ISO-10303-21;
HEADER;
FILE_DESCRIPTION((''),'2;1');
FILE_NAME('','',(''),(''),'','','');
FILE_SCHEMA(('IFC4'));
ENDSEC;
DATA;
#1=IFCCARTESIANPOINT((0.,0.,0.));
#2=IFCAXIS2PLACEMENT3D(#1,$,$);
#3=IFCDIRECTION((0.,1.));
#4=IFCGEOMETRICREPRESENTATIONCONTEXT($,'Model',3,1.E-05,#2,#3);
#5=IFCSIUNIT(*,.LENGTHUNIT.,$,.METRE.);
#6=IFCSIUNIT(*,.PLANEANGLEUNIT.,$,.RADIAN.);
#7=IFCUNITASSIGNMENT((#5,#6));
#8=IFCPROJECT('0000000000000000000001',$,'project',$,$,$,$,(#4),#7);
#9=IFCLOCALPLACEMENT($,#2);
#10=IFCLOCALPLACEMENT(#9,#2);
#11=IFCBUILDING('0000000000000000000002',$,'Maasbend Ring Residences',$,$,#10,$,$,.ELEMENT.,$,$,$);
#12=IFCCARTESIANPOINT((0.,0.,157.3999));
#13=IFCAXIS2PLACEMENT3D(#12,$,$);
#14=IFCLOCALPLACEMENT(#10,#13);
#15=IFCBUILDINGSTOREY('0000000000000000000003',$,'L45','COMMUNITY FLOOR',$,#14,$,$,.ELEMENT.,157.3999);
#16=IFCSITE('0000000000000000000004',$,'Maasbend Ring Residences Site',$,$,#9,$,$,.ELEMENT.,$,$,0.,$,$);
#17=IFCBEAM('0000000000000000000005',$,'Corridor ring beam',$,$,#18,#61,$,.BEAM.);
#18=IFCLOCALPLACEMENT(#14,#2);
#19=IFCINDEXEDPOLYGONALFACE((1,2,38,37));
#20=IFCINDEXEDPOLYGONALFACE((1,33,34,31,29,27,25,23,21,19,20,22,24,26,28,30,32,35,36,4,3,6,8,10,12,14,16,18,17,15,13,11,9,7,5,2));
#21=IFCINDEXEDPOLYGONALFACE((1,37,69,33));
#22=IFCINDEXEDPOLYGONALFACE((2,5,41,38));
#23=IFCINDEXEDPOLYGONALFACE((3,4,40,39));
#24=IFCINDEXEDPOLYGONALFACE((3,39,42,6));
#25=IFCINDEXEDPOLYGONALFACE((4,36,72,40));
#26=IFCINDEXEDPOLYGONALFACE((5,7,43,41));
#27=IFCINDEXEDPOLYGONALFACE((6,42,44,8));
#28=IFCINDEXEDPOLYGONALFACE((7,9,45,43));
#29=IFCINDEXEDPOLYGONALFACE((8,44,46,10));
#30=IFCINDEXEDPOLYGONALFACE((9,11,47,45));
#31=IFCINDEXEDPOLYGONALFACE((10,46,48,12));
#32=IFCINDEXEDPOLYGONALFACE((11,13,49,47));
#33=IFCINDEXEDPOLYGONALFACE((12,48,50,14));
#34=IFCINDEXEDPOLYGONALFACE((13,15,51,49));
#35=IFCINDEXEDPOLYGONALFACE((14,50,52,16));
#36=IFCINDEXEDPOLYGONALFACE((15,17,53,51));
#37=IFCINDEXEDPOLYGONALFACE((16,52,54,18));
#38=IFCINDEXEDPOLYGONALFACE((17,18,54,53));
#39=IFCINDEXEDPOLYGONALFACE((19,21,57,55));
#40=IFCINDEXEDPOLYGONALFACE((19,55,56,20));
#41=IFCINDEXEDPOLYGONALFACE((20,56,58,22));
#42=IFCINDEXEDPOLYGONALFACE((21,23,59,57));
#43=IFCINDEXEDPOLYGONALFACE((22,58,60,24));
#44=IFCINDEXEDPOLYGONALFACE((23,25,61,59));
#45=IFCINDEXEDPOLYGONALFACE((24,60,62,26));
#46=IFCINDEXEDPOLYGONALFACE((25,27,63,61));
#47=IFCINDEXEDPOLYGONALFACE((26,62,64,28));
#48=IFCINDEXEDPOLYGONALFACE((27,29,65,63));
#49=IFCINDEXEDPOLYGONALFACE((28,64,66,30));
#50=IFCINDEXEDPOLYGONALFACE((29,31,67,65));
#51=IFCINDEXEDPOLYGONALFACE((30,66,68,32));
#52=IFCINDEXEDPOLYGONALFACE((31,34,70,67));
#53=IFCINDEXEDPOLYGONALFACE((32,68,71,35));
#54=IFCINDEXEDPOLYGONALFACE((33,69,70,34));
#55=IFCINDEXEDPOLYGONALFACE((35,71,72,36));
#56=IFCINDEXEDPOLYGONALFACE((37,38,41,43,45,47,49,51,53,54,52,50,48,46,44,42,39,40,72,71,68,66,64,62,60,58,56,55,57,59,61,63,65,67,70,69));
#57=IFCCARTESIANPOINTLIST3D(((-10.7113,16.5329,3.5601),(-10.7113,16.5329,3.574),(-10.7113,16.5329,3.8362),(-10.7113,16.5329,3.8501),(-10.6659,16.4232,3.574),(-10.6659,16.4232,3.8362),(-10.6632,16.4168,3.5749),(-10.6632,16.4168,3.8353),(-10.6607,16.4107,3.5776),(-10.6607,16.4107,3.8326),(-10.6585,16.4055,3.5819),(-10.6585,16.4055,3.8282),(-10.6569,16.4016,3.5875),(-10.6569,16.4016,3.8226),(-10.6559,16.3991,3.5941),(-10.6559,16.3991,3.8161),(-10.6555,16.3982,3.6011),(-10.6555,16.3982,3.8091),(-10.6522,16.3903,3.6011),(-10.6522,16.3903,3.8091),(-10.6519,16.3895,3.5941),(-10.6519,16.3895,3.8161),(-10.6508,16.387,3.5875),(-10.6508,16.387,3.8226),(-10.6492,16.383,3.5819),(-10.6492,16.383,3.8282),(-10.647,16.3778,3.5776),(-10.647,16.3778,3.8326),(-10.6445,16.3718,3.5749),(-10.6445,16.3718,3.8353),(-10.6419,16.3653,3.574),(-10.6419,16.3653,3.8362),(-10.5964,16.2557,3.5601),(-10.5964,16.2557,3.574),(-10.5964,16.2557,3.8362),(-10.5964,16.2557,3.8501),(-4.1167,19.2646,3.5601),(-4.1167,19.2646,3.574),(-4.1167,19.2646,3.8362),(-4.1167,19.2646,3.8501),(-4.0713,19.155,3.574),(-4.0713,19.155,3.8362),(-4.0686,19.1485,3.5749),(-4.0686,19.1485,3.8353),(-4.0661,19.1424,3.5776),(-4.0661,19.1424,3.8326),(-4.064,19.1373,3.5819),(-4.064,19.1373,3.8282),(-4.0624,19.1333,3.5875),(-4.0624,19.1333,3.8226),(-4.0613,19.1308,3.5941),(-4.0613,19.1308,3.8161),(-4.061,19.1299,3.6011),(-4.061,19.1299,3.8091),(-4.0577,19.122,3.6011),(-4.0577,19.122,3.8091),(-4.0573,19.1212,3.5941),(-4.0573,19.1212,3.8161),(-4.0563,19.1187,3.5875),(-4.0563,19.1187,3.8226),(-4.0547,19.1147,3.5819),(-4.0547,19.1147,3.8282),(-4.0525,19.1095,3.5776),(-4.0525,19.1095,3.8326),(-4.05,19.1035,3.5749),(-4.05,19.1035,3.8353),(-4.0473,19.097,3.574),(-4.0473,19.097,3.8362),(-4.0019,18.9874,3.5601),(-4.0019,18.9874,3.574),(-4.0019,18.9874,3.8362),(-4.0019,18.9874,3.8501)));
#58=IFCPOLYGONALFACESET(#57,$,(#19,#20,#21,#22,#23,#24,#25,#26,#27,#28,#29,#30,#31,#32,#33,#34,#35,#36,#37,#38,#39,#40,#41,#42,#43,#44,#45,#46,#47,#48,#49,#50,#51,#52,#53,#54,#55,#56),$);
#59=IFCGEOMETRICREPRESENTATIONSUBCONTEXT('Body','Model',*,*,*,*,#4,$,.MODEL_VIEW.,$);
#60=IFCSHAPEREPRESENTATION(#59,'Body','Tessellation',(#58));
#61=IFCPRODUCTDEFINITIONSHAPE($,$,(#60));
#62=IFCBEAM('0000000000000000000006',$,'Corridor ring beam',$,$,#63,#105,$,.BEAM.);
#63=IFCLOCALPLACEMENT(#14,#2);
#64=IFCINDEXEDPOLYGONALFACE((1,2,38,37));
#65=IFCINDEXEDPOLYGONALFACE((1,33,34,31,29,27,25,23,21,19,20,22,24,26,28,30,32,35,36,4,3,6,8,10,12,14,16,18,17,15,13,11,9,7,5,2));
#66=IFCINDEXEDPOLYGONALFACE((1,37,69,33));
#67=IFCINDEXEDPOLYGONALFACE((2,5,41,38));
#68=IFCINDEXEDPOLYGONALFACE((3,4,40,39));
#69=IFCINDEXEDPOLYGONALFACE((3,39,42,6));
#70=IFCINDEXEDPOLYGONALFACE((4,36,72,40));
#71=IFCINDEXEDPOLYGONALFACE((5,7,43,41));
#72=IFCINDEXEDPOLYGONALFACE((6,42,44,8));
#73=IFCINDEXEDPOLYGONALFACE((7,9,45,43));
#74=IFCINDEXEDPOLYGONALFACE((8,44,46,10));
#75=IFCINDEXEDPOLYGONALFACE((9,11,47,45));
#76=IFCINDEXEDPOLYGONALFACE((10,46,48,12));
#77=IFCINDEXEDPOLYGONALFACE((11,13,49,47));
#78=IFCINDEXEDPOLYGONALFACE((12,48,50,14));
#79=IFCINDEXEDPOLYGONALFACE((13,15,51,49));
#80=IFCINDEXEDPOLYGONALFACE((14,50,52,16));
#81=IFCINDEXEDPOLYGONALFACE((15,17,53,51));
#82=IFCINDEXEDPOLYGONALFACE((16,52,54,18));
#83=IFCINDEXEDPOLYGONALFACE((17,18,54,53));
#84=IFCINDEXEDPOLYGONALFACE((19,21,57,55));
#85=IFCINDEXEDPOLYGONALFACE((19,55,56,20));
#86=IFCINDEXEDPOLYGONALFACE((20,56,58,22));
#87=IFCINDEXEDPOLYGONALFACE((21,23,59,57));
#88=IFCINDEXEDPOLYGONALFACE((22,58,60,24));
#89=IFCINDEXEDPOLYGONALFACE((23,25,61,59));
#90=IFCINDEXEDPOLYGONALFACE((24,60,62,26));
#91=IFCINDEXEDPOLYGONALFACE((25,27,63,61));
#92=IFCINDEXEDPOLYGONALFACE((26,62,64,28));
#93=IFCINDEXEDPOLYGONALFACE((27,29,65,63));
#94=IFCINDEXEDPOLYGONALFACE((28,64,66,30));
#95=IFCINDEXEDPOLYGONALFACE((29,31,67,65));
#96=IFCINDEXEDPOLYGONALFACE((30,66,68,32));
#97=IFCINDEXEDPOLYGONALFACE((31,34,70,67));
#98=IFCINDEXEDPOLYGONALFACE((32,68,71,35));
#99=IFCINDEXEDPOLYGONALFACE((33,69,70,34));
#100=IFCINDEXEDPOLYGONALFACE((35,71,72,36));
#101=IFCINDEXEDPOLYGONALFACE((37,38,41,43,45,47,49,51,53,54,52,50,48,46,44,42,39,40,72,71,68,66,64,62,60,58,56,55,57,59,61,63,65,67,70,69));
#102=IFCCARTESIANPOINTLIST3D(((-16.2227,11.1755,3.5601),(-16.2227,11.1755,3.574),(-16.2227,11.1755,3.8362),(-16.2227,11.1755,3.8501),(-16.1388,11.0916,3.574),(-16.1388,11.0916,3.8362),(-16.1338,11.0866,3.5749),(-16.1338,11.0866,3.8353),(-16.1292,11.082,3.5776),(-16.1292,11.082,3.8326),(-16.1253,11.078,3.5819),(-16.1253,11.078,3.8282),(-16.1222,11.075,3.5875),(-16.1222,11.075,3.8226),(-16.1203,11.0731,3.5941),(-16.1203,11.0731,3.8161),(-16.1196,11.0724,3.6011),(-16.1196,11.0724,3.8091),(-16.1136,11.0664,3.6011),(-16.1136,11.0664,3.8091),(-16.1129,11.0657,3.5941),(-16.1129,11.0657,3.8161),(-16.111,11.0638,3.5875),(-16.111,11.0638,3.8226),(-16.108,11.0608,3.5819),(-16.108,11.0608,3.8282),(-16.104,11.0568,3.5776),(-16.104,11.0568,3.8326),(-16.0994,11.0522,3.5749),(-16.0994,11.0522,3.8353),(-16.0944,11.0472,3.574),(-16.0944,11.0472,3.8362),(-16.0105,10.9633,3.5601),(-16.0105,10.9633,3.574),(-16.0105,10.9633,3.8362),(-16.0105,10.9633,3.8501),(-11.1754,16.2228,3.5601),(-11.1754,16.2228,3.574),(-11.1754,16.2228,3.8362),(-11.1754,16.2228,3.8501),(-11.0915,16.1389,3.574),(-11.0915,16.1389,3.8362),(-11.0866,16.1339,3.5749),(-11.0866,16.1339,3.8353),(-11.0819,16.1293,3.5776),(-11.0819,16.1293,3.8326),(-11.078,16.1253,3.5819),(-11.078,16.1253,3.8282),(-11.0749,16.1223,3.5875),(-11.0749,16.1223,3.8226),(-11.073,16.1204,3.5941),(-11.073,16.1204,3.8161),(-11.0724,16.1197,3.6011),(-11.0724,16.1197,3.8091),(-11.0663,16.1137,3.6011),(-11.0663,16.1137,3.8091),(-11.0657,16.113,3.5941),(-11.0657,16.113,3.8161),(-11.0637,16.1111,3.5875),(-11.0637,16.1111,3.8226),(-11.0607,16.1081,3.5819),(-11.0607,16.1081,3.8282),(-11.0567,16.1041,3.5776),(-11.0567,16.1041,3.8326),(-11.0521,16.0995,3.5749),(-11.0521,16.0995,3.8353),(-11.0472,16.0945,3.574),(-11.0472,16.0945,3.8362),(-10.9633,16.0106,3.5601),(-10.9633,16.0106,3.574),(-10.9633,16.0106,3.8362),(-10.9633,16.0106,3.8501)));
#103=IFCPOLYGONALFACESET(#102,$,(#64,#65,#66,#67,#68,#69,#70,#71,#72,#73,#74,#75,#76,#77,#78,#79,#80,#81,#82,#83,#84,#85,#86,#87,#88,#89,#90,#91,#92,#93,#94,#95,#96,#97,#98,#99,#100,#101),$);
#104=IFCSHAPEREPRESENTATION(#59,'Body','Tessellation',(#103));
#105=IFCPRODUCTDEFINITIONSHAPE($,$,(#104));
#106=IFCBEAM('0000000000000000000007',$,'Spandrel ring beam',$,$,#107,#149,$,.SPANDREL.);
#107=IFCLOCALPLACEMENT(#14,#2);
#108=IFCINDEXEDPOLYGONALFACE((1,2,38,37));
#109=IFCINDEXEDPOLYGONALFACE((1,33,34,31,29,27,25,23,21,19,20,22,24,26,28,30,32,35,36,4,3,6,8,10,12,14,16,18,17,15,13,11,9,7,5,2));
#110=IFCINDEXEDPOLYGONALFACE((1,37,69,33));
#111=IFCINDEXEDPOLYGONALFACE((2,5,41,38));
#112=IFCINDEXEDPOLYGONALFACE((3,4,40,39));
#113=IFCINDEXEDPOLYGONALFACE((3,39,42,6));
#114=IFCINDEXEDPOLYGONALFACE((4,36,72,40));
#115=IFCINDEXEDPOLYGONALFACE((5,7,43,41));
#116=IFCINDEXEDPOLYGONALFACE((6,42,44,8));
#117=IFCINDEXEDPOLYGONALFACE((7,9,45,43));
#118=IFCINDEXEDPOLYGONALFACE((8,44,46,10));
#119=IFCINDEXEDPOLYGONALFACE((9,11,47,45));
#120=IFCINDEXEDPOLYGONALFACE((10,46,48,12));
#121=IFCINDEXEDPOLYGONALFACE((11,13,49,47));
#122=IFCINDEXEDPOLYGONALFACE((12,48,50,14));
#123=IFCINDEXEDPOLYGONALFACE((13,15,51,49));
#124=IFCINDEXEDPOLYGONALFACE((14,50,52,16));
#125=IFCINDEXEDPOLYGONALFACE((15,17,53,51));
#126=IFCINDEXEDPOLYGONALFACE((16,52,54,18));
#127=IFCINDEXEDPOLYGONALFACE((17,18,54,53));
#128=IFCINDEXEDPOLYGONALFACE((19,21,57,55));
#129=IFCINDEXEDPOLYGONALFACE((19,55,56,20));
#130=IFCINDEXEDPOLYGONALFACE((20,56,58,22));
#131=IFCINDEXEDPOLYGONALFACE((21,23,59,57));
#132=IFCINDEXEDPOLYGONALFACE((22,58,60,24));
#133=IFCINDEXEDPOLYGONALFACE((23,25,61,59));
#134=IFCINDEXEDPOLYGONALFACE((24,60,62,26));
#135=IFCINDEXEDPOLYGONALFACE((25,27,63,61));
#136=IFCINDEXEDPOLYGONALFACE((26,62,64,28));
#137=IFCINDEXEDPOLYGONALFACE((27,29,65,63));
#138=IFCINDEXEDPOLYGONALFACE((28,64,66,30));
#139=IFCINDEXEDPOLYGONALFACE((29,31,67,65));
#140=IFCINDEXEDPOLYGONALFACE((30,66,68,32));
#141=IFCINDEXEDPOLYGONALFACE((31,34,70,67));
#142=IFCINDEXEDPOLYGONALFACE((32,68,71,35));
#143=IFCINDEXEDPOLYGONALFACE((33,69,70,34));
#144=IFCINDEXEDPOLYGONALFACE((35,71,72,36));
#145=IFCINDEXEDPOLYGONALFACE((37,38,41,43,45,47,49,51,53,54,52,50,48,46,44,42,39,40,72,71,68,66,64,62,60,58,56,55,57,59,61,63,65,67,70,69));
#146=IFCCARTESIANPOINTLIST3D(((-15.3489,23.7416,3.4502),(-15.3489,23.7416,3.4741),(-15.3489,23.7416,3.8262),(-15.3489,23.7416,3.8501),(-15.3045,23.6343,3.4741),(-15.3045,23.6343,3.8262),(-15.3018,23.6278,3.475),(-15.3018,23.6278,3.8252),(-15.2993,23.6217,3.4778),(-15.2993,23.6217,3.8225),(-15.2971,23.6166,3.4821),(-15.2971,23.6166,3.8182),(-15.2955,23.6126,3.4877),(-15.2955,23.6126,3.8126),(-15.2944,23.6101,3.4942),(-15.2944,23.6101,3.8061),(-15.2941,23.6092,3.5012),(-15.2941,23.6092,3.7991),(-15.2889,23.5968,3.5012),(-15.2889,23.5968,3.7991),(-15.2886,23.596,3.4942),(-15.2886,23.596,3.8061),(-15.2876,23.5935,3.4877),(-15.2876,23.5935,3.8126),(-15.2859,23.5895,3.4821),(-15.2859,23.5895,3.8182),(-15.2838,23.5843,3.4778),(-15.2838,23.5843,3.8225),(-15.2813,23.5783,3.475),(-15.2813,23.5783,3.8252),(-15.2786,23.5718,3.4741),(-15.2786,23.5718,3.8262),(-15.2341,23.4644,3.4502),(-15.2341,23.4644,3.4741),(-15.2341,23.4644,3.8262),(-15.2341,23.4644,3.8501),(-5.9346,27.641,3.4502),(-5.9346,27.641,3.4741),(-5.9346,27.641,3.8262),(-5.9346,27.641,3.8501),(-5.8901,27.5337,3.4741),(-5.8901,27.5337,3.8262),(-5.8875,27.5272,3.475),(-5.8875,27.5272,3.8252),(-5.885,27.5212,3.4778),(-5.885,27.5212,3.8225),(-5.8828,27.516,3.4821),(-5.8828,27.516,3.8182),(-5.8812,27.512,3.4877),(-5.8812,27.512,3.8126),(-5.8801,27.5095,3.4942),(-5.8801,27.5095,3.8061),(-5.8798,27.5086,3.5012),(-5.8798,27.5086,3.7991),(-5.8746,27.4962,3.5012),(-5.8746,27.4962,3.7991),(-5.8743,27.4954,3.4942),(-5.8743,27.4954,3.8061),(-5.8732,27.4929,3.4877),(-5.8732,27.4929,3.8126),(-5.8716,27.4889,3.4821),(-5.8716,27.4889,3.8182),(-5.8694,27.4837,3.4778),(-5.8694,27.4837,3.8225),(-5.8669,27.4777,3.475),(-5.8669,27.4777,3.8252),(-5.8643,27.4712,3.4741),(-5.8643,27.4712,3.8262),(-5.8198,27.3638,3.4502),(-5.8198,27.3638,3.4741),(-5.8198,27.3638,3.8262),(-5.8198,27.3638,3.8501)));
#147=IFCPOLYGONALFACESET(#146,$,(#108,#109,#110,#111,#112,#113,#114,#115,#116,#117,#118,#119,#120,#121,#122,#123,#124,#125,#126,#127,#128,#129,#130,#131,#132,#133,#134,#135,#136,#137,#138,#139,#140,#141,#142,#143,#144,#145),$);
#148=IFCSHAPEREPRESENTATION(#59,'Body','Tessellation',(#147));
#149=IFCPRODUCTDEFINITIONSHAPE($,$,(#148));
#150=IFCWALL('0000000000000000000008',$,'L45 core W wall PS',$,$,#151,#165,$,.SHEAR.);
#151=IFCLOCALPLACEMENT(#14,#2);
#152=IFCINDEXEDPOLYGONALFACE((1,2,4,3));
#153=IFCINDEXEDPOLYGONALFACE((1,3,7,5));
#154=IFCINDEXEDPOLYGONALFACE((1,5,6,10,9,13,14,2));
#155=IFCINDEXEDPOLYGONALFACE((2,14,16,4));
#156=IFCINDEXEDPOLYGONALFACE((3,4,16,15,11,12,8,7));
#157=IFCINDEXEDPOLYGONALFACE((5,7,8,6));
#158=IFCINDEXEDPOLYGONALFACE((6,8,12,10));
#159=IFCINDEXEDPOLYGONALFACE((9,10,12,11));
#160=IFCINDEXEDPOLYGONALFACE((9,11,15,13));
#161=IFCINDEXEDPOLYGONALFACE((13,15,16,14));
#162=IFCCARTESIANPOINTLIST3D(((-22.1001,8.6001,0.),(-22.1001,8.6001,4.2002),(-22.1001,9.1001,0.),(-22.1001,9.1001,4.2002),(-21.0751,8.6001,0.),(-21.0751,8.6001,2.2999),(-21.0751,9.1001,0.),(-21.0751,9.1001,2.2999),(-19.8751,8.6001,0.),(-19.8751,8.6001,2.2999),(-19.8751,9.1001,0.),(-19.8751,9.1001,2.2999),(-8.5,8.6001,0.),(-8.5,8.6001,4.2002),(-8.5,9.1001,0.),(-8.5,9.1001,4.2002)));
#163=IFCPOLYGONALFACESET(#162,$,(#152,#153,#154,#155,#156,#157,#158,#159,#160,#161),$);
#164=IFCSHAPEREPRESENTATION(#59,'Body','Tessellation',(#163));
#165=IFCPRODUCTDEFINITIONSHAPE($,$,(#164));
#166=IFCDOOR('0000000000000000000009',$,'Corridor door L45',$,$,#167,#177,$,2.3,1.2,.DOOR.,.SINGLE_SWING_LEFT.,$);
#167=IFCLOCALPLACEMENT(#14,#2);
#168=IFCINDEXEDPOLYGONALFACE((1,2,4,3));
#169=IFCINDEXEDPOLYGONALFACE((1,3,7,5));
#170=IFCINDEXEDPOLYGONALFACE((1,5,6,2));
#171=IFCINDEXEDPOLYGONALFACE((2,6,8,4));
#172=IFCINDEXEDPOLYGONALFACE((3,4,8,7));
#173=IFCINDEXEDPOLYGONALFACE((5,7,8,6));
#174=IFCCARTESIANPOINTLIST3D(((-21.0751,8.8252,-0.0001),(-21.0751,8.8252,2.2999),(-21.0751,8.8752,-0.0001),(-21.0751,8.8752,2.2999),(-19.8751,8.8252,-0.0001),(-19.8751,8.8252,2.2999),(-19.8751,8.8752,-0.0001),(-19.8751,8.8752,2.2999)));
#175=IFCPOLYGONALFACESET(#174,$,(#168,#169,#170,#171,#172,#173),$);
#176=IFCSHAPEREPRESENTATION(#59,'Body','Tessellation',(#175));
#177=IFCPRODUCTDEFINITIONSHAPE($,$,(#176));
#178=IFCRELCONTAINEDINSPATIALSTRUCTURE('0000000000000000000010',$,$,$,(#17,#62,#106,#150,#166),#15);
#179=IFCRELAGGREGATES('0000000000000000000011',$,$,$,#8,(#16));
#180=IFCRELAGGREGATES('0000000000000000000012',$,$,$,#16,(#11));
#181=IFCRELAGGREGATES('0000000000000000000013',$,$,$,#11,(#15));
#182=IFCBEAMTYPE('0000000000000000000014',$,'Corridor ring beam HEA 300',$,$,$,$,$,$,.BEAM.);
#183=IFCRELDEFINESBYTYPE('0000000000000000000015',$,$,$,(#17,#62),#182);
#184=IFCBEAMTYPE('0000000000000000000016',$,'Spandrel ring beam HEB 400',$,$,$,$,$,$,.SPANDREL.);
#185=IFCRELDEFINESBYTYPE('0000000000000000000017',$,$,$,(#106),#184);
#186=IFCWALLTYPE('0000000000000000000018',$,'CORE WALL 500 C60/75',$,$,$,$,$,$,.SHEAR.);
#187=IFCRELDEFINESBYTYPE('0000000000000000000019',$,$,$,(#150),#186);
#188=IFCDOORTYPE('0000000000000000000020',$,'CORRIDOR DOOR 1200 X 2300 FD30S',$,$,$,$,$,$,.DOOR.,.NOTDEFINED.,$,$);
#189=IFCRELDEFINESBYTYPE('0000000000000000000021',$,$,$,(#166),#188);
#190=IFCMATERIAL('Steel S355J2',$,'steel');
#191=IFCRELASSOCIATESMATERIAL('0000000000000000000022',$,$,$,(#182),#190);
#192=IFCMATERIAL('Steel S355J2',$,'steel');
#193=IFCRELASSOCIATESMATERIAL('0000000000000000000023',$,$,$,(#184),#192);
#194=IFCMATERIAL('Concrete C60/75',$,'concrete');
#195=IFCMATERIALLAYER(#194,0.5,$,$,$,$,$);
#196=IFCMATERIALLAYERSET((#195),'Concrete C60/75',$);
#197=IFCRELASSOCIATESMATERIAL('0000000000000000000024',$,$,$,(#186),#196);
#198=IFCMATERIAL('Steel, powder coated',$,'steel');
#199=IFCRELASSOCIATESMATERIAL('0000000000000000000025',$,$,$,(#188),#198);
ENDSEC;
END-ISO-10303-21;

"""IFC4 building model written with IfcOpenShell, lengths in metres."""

from ifc_helpers import new_model, si_unit, direction, frame, frame_2d, origin, origin_2d, place, context, subcontext, project, spatial, rectangle, i_section, extrude, material, layer, layer_set, material_profile, profile_set, type_object, element, fill, save


model = new_model("IFC4")

# Units and contexts
model_context = context("Model", 3, precision=1e-05, world=origin(), true_north=direction((0.0, 1.0)))
body_context = subcontext(model_context, "Body", "Model", "MODEL_VIEW")
ifc_project = project(units=[si_unit("LENGTHUNIT", "METRE"), si_unit("PLANEANGLEUNIT", "RADIAN")], contexts=[model_context])

# Site, building, storey
site_placement = place(None, origin())
site = spatial("IfcSite", under=ifc_project, at=site_placement, Name="Maasbend Ring Residences Site", CompositionType="ELEMENT", RefElevation=0.0)
building_placement = place(site_placement, origin())
building = spatial("IfcBuilding", under=site, at=building_placement, Name="Maasbend Ring Residences", CompositionType="ELEMENT")
storey_placement = place(building_placement, frame((0.0, 0.0, 157.3999)))
storey = spatial("IfcBuildingStorey", under=building, at=storey_placement, Name="L45", Description="COMMUNITY FLOOR", CompositionType="ELEMENT", Elevation=157.3999)

# Beams
ifc_material_1 = material(Name="Steel S355J2", Category="steel")
ifc_material_profile_1 = material_profile(ifc_material_1, i_section(OverallWidth=0.3, OverallDepth=0.29, WebThickness=0.0085, FlangeThickness=0.0139, FilletRadius=0.0271, at=origin_2d()), Name="HEA 300")
ifc_profile_set_1 = profile_set([ifc_material_profile_1], Name="Steel S355J2")
beam_type_1 = type_object("IfcBeamType", Name="Corridor ring beam HEA 300", PredefinedType="BEAM", material=ifc_profile_set_1)
for number, where, z_axis, x_axis, name in (
    (1, (-4.0593, 19.126, 3.7051), (-0.923871, -0.382703, 0.0), (0.382703, -0.923871, 0.0), "Corridor ring beam"),
    (2, (-11.0693, 16.1167, 3.7051), (-0.707107, -0.707107, 0.0), (0.707107, -0.707107, 0.0), "Corridor ring beam"),
):
    element("IfcBeam", number, at=place(storey_placement, frame(where, z_axis=z_axis, x_axis=x_axis)), inside=storey, type_object=beam_type_1, Name=name, PredefinedType="BEAM", context=body_context, shape_type="SweptSolid", body=[
        extrude(i_section(OverallWidth=0.3, OverallDepth=0.29, WebThickness=0.0085, FlangeThickness=0.0139, FilletRadius=0.0271, at=origin_2d()), origin(), (0.0, 0.0, 1.0), 7.1379),
    ])
ifc_material_2 = material(Name="Steel S355J2", Category="steel")
ifc_material_profile_2 = material_profile(ifc_material_2, i_section(OverallWidth=0.3, OverallDepth=0.3999, WebThickness=0.0134, FlangeThickness=0.0239, FilletRadius=0.0271, at=origin_2d()), Name="HEB 400")
ifc_profile_set_2 = profile_set([ifc_material_profile_2], Name="Steel S355J2")
beam_type_2 = type_object("IfcBeamType", Name="Spandrel ring beam HEB 400", PredefinedType="SPANDREL", material=ifc_profile_set_2)
beam_placement = place(storey_placement, frame((-5.8772, 27.5024, 3.6501), z_axis=(-0.923884, -0.382673, 0.0), x_axis=(0.382673, -0.923884, 0.0)))
element("IfcBeam", 3, at=beam_placement, inside=storey, type_object=beam_type_2, Name="Spandrel ring beam", PredefinedType="SPANDREL", context=body_context, shape_type="SweptSolid", body=[
    extrude(i_section(OverallWidth=0.3, OverallDepth=0.3999, WebThickness=0.0134, FlangeThickness=0.0239, FilletRadius=0.0271, at=origin_2d()), origin(), (0.0, 0.0, 1.0), 10.1899),
])

# Wall, opening, door
ifc_material_3 = material(Name="Concrete C60/75", Category="concrete")
ifc_layer_1 = layer(ifc_material_3, 0.5)
ifc_layer_set_1 = layer_set([ifc_layer_1], Name="Concrete C60/75")
wall_type_1 = type_object("IfcWallType", Name="CORE WALL 500 C60/75", PredefinedType="SHEAR", material=ifc_layer_set_1)
wall_1_placement = place(storey_placement, frame((-8.5, 8.8501, 0.0), z_axis=(0.0, 0.0, 1.0), x_axis=(-1.0, 0.0, 0.0)))
wall_1 = element("IfcWall", 4, at=wall_1_placement, inside=storey, type_object=wall_type_1, Name="L45 core W wall PS", PredefinedType="SHEAR", context=body_context, shape_type="SweptSolid", body=[
    extrude(rectangle(XDim=13.6001, YDim=0.5, at=frame_2d((6.8, 0.0))), origin(), (0.0, 0.0, 1.0), 4.2002),
])
opening_1_placement = place(wall_1_placement, frame((11.375, 0.0, 0.0)))
opening_1 = element("IfcOpeningElement", 5, at=opening_1_placement, cuts=wall_1, PredefinedType="OPENING", context=body_context, shape_type="SweptSolid", body=[
    extrude(rectangle(XDim=1.2, YDim=2.3, at=frame_2d((0.6001, 1.1499))), frame((0.0, 0.26, 0.0), z_axis=(0.0, -1.0, 0.0), x_axis=(1.0, 0.0, 0.0)), (0.0, 0.0, 1.0), 0.52),
])
ifc_material_4 = material(Name="Steel, powder coated", Category="steel")
door_type_1 = type_object("IfcDoorType", Name="CORRIDOR DOOR 1200 X 2300 FD30S", OperationType="NOTDEFINED", PredefinedType="DOOR", material=ifc_material_4)
door_1_placement = place(opening_1_placement, origin())
door_1 = element("IfcDoor", 6, at=door_1_placement, inside=storey, type_object=door_type_1, Name="Corridor door L45", OperationType="SINGLE_SWING_LEFT", OverallHeight=2.3, OverallWidth=1.2, PredefinedType="DOOR", context=body_context, shape_type="SweptSolid", body=[
    extrude(rectangle(XDim=1.2, YDim=2.3, at=frame_2d((0.6001, 1.1499))), frame((0.0, 0.0249, 0.0), z_axis=(0.0, -1.0, 0.0), x_axis=(1.0, 0.0, 0.0)), (0.0, 0.0, 1.0), 0.05),
])
fill(opening_1, door_1)

save(model, "model.ifc")
